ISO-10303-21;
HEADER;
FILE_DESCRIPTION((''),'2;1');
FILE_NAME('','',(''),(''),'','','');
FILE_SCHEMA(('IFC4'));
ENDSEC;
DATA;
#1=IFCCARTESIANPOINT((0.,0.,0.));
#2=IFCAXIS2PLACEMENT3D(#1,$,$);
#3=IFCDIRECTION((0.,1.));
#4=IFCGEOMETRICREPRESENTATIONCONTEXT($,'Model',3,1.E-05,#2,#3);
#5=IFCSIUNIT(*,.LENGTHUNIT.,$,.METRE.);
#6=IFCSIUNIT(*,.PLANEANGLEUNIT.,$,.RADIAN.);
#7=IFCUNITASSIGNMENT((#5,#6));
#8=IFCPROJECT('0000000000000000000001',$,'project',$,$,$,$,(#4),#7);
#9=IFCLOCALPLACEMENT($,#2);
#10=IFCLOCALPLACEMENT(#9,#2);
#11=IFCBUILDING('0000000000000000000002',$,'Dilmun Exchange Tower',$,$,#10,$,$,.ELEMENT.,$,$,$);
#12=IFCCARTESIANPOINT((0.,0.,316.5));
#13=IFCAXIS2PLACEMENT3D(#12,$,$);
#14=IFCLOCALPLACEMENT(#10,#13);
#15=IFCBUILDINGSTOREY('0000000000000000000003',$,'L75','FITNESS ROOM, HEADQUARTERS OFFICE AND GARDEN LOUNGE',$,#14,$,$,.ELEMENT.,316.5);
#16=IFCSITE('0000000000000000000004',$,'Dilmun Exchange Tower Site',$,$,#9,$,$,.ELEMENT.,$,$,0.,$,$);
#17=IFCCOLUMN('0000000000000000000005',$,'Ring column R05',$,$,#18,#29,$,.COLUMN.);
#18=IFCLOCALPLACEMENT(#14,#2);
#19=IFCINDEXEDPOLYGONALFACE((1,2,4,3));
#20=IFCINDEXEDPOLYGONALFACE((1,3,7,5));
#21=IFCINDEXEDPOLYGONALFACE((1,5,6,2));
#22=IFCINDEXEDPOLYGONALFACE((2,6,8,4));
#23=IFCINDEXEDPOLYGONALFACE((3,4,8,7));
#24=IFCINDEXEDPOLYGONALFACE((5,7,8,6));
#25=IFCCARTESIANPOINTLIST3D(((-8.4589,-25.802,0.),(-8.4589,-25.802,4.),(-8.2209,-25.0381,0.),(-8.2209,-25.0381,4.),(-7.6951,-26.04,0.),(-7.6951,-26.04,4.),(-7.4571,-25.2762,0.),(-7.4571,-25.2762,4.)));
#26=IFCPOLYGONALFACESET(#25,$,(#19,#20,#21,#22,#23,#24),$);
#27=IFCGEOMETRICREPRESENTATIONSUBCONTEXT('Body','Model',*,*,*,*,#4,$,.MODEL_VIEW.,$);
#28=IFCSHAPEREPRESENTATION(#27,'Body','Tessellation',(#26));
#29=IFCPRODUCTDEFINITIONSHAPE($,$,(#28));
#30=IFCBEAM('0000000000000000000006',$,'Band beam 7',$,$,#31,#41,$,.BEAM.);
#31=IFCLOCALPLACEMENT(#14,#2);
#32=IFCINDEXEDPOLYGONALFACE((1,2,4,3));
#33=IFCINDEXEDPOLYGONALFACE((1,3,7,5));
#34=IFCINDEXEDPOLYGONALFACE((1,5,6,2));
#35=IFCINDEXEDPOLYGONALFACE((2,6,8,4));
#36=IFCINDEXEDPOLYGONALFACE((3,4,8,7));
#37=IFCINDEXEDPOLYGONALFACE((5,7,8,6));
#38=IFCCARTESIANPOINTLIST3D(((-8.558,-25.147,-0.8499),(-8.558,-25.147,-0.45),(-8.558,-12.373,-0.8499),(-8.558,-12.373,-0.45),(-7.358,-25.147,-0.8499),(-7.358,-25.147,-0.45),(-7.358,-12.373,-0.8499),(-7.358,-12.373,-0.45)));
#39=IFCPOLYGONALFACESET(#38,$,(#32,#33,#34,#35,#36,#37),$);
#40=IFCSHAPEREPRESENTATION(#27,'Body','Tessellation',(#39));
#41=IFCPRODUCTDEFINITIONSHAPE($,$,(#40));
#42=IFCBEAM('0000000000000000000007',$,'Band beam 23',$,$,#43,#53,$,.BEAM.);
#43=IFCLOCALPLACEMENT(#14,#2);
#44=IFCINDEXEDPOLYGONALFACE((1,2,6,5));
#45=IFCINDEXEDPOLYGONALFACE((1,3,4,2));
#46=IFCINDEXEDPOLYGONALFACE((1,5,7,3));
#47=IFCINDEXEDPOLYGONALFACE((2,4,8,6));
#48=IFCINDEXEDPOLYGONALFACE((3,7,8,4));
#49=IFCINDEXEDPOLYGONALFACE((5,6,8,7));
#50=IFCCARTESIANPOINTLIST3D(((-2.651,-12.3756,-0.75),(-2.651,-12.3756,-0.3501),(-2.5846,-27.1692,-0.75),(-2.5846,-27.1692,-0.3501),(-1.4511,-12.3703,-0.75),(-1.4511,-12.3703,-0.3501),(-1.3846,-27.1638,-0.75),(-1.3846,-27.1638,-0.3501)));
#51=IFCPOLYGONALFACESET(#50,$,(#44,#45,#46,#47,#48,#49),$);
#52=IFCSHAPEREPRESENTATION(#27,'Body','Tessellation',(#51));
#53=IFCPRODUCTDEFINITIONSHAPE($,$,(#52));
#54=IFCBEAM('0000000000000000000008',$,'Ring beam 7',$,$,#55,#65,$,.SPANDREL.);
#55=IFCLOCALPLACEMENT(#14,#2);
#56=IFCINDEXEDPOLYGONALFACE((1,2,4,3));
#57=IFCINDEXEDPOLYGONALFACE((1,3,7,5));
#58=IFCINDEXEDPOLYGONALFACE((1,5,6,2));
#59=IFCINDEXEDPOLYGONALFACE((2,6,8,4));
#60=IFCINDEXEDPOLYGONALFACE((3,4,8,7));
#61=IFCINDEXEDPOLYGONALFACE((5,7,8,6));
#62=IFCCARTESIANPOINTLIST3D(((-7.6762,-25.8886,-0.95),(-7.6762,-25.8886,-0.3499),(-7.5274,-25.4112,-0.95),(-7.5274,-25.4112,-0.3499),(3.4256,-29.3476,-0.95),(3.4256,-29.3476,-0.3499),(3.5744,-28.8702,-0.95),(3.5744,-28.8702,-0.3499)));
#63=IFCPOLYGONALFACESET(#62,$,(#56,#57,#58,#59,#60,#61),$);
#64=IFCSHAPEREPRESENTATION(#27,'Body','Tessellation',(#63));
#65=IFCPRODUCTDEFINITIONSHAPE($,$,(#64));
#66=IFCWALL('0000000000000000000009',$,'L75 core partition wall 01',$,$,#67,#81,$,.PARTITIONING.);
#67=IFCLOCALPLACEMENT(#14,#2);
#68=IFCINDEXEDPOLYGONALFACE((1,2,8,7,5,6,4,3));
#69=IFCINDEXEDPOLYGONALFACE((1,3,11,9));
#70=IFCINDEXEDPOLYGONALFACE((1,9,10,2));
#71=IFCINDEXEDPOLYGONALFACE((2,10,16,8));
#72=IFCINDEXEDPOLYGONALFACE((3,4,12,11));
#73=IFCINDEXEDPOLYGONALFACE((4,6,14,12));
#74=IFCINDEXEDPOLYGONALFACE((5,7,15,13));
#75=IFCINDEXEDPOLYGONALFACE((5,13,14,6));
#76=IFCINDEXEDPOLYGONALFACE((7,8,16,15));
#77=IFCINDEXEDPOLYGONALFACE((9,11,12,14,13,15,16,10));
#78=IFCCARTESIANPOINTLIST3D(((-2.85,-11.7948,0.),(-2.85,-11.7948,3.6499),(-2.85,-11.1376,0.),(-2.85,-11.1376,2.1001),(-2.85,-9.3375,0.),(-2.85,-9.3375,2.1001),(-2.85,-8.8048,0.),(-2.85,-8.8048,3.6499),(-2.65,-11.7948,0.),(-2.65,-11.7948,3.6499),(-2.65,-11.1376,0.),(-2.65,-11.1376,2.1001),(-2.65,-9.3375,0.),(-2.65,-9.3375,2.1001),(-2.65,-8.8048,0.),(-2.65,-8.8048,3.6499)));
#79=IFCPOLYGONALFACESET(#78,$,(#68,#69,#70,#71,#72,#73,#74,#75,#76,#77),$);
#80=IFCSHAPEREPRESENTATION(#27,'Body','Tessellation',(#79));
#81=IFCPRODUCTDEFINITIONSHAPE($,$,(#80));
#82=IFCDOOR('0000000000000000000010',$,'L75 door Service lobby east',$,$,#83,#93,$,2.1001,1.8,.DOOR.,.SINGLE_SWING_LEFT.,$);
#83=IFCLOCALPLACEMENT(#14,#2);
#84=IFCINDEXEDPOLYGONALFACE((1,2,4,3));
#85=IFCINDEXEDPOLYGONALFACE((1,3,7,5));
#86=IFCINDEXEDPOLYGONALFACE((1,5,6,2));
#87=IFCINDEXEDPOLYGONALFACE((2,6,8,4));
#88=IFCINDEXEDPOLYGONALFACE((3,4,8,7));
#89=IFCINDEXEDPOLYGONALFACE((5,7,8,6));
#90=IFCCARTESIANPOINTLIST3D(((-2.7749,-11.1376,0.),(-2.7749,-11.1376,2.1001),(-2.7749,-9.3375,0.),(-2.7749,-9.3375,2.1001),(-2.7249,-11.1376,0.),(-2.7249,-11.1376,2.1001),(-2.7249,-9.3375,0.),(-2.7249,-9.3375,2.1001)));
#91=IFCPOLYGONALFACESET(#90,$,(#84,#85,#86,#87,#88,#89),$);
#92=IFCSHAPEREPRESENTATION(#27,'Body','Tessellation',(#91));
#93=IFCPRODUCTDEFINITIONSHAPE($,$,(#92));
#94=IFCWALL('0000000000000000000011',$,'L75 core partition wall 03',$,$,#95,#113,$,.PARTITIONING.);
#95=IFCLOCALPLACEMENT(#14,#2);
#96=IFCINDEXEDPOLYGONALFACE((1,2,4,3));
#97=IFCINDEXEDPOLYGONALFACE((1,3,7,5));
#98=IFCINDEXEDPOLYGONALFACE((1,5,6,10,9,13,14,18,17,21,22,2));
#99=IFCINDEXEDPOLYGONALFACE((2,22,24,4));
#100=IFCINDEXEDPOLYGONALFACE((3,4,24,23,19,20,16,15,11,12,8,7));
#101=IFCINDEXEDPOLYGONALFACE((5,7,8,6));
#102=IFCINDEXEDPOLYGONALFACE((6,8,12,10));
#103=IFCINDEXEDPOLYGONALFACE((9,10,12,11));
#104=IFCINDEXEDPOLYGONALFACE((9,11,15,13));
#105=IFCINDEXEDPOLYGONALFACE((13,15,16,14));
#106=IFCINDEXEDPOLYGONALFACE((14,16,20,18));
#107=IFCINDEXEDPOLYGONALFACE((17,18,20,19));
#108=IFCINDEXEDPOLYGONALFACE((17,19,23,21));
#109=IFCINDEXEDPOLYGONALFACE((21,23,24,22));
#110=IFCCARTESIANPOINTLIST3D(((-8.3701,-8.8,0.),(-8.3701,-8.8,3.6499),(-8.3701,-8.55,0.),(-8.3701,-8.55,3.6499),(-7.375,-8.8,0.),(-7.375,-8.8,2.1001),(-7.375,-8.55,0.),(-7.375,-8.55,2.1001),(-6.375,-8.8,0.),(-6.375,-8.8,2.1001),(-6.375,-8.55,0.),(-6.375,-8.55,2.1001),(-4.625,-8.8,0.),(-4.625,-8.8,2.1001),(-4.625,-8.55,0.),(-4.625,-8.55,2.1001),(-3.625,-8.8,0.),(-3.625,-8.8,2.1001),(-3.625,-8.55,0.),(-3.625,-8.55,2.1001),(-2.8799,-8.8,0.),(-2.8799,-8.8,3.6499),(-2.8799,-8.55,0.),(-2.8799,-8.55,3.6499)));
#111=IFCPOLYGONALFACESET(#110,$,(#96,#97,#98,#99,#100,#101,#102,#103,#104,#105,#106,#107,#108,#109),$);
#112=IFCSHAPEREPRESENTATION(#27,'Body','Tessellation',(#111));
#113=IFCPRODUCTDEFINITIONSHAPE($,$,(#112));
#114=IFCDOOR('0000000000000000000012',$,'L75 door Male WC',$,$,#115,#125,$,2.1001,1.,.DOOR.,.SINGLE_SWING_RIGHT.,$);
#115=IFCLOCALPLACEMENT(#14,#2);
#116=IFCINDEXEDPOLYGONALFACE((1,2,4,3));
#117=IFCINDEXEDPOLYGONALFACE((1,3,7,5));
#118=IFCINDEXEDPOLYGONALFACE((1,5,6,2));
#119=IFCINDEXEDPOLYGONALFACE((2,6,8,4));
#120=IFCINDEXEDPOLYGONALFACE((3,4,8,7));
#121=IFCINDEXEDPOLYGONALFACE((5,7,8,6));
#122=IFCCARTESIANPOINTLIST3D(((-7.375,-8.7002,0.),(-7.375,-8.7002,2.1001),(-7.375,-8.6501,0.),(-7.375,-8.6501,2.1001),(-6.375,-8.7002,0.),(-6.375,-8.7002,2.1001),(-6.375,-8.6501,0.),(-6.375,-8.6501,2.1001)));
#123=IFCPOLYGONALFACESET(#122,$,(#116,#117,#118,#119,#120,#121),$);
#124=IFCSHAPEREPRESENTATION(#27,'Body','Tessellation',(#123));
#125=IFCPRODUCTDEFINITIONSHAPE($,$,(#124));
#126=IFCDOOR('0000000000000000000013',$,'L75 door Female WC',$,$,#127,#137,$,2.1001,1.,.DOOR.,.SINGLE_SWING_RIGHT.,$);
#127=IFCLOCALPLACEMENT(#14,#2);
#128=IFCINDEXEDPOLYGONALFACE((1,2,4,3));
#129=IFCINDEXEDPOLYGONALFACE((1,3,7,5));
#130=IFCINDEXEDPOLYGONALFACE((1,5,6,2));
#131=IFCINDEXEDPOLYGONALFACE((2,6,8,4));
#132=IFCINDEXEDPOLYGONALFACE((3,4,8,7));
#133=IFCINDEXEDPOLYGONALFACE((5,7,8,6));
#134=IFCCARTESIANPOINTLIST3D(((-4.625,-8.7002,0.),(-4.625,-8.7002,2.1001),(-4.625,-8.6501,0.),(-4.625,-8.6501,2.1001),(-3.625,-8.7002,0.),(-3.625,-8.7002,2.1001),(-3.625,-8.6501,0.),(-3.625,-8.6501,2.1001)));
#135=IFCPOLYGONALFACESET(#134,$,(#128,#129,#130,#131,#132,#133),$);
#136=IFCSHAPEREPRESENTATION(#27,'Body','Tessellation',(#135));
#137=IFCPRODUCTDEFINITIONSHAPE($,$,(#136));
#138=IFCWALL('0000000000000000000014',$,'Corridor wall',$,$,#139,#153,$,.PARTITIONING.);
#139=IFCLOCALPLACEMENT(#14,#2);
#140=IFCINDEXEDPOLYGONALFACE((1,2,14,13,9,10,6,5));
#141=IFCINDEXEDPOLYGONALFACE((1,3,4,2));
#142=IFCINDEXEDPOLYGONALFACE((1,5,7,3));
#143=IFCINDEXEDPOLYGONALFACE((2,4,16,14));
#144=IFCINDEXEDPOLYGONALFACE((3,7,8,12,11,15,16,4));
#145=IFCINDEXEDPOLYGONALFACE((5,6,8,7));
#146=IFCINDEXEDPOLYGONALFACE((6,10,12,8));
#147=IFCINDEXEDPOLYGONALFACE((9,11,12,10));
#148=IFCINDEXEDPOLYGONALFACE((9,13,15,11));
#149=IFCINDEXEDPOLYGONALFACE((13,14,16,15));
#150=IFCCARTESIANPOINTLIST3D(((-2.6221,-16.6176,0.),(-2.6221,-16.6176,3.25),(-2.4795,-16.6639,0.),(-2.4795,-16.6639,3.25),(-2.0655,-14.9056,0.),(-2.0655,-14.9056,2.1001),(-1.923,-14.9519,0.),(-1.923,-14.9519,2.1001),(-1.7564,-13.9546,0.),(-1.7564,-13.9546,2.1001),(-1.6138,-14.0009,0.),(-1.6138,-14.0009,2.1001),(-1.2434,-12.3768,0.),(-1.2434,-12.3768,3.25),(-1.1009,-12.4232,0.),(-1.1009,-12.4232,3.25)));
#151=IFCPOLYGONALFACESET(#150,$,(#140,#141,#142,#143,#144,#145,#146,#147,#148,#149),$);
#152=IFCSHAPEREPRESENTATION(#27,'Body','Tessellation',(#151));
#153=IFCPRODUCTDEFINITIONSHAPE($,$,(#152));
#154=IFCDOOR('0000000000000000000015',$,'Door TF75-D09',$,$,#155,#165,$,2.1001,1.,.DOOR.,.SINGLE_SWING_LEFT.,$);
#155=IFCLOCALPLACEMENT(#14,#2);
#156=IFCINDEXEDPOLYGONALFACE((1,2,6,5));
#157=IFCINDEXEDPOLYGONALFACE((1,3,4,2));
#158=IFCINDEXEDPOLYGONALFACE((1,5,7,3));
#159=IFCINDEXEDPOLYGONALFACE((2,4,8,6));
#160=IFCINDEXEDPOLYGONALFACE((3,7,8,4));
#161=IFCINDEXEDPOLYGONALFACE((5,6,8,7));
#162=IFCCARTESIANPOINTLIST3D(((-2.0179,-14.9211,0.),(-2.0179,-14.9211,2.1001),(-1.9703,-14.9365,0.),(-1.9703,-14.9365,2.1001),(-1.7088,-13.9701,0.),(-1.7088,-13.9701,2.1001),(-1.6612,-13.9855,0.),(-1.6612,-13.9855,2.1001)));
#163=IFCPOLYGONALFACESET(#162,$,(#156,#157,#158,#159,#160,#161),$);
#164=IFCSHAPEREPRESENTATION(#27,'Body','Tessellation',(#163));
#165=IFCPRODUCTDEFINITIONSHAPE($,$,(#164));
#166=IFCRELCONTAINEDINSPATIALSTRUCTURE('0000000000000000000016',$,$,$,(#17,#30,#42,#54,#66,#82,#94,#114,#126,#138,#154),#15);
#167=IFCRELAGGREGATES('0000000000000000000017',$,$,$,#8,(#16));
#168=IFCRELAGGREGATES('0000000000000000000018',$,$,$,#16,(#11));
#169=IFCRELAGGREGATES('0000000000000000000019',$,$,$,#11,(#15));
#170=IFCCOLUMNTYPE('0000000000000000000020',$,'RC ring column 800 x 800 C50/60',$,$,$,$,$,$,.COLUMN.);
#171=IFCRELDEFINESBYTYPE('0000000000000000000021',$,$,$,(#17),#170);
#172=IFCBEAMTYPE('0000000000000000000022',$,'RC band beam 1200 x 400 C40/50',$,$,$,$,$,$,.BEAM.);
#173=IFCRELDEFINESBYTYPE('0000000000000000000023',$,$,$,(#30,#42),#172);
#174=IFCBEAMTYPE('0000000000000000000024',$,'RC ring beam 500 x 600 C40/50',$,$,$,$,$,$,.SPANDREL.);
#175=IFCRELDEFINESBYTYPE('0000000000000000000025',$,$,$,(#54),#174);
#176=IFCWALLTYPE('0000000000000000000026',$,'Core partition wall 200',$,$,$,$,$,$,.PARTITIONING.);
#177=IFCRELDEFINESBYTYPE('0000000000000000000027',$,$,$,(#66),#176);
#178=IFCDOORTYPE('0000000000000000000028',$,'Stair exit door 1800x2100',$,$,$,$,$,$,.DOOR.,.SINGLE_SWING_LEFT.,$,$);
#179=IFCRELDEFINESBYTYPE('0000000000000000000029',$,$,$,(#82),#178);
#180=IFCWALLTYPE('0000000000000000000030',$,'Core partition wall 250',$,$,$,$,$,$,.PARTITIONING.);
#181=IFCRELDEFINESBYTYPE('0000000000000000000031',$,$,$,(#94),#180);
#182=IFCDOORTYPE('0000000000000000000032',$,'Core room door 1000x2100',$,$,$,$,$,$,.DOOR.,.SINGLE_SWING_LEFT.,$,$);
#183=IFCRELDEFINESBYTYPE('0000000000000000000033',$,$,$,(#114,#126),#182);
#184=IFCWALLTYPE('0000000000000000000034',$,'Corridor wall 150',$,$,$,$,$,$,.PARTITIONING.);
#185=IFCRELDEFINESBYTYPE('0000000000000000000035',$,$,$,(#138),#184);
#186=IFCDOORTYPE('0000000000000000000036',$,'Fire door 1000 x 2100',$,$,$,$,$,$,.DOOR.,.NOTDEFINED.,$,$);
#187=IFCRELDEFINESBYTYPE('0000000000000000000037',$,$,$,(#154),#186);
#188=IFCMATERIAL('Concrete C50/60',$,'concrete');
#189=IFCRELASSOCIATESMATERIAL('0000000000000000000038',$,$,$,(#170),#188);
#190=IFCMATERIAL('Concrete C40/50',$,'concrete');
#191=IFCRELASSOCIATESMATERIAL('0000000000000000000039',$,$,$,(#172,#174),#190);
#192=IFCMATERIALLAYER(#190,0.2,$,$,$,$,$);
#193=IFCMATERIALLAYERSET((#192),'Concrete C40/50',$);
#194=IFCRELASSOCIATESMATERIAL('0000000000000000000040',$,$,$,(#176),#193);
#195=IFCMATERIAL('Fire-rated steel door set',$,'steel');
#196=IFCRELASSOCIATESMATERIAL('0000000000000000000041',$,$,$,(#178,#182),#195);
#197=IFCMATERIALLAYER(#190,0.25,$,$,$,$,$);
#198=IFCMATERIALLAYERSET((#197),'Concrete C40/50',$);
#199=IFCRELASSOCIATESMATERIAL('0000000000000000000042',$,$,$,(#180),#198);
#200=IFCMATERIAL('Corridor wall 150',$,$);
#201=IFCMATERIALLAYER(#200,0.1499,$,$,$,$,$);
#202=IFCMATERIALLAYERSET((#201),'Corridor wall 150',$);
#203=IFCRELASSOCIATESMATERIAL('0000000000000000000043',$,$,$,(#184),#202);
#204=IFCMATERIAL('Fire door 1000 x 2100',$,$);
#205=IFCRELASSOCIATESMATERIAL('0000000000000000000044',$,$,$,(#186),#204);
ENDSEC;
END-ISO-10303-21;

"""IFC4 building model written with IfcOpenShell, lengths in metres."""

from ifc_helpers import new_model, si_unit, direction, frame, frame_2d, origin, origin_2d, place, context, subcontext, project, spatial, rectangle, extrude, material, layer, layer_set, material_profile, profile_set, type_object, element, fill, save


model = new_model("IFC4")

# Units and contexts
model_context = context("Model", 3, precision=1e-05, world=origin(), true_north=direction((0.0, 1.0)))
body_context = subcontext(model_context, "Body", "Model", "MODEL_VIEW")
ifc_project = project(units=[si_unit("LENGTHUNIT", "METRE"), si_unit("PLANEANGLEUNIT", "RADIAN")], contexts=[model_context])

# Site, building, storey
site_placement = place(None, origin())
site = spatial("IfcSite", under=ifc_project, at=site_placement, Name="Dilmun Exchange Tower Site", CompositionType="ELEMENT", RefElevation=0.0)
building_placement = place(site_placement, origin())
building = spatial("IfcBuilding", under=site, at=building_placement, Name="Dilmun Exchange Tower", CompositionType="ELEMENT")
storey_placement = place(building_placement, frame((0.0, 0.0, 316.5)))
storey = spatial("IfcBuildingStorey", under=building, at=storey_placement, Name="L75", Description="FITNESS ROOM, HEADQUARTERS OFFICE AND GARDEN LOUNGE", CompositionType="ELEMENT", Elevation=316.5)

# Column
ifc_material_1 = material(Name="Concrete C50/60", Category="concrete")
ifc_material_profile_1 = material_profile(ifc_material_1, rectangle(XDim=0.8, YDim=0.8, at=origin_2d()), Name="800 x 800")
ifc_profile_set_1 = profile_set([ifc_material_profile_1], Name="Concrete C50/60")
column_type = type_object("IfcColumnType", Name="RC ring column 800 x 800 C50/60", PredefinedType="COLUMN", material=ifc_profile_set_1)
column_placement = place(storey_placement, frame((-7.958, -25.5391, 0.0), z_axis=(0.0, 0.0, 1.0), x_axis=(0.297503, 0.954721, 0.0)))
element("IfcColumn", 1, at=column_placement, inside=storey, type_object=column_type, Name="Ring column R05", PredefinedType="COLUMN", context=body_context, shape_type="SweptSolid", body=[
    extrude(rectangle(XDim=0.8, YDim=0.8, at=origin_2d()), origin(), (0.0, 0.0, 1.0), 4.0),
])

# Beams
ifc_material_2 = material(Name="Concrete C40/50", Category="concrete")
ifc_material_profile_2 = material_profile(ifc_material_2, rectangle(XDim=1.2, YDim=0.3999, at=origin_2d()), Name="1200 x 400")
ifc_profile_set_2 = profile_set([ifc_material_profile_2], Name="Concrete C40/50")
beam_type_1 = type_object("IfcBeamType", Name="RC band beam 1200 x 400 C40/50", PredefinedType="BEAM", material=ifc_profile_set_2)
beam_1_placement = place(storey_placement, frame((-7.958, -25.147, -0.6499), z_axis=(0.0, 1.0, 0.0), x_axis=(-1.0, 0.0, 0.0)))
element("IfcBeam", 2, at=beam_1_placement, inside=storey, type_object=beam_type_1, Name="Band beam 7", PredefinedType="BEAM", context=body_context, shape_type="SweptSolid", body=[
    extrude(rectangle(XDim=1.2, YDim=0.3999, at=origin_2d()), origin(), (0.0, 0.0, 1.0), 12.7739),
])
beam_2_placement = place(storey_placement, frame((-1.9846, -27.1665, -0.55), z_axis=(-0.004489, 0.99999, 0.0), x_axis=(-0.99999, -0.004489, 0.0)))
element("IfcBeam", 3, at=beam_2_placement, inside=storey, type_object=beam_type_1, Name="Band beam 23", PredefinedType="BEAM", context=body_context, shape_type="SweptSolid", body=[
    extrude(rectangle(XDim=1.2, YDim=0.3999, at=origin_2d()), origin(), (0.0, 0.0, 1.0), 14.7937),
])
ifc_material_profile_3 = material_profile(ifc_material_2, rectangle(XDim=0.5, YDim=0.6001, at=origin_2d()), Name="500 x 600")
ifc_profile_set_3 = profile_set([ifc_material_profile_3], Name="Concrete C40/50")
beam_type_2 = type_object("IfcBeamType", Name="RC ring beam 500 x 600 C40/50", PredefinedType="SPANDREL", material=ifc_profile_set_3)
beam_3_placement = place(storey_placement, frame((-7.6018, -25.6499, -0.6499), z_axis=(0.954733, -0.297466, 0.0), x_axis=(0.297466, 0.954733, 0.0)))
element("IfcBeam", 4, at=beam_3_placement, inside=storey, type_object=beam_type_2, Name="Ring beam 7", PredefinedType="SPANDREL", context=body_context, shape_type="SweptSolid", body=[
    extrude(rectangle(XDim=0.5, YDim=0.6001, at=origin_2d()), origin(), (0.0, 0.0, 1.0), 11.6282),
])

# Wall, opening, door
ifc_layer_1 = layer(ifc_material_2, 0.2)
ifc_layer_set_1 = layer_set([ifc_layer_1], Name="Concrete C40/50")
wall_type_1 = type_object("IfcWallType", Name="Core partition wall 200", PredefinedType="PARTITIONING", material=ifc_layer_set_1)
wall_1_placement = place(storey_placement, frame((-2.75, -11.7949, 0.0), z_axis=(0.0, 0.0, 1.0), x_axis=(0.0, 1.0, 0.0)))
wall_1 = element("IfcWall", 5, at=wall_1_placement, inside=storey, type_object=wall_type_1, Name="L75 core partition wall 01", PredefinedType="PARTITIONING", context=body_context, shape_type="SweptSolid", body=[
    extrude(rectangle(XDim=2.99, YDim=0.2, at=frame_2d((1.4951, 0.0))), origin(), (0.0, 0.0, 1.0), 3.6499),
])
opening_1_placement = place(wall_1_placement, frame((0.6575, 0.0, 0.0)))
opening_1 = element("IfcOpeningElement", 6, at=opening_1_placement, cuts=wall_1, PredefinedType="OPENING", context=body_context, shape_type="SweptSolid", body=[
    extrude(rectangle(XDim=1.8, YDim=2.1001, at=frame_2d((0.8999, 1.05))), frame((0.0, 0.1099, 0.0), z_axis=(0.0, -1.0, 0.0), x_axis=(1.0, 0.0, 0.0)), (0.0, 0.0, 1.0), 0.22),
])
ifc_material_3 = material(Name="Fire-rated steel door set", Category="steel")
door_type_1 = type_object("IfcDoorType", Name="Stair exit door 1800x2100", OperationType="SINGLE_SWING_LEFT", PredefinedType="DOOR", material=ifc_material_3)
door_1_placement = place(opening_1_placement, origin())
door_1 = element("IfcDoor", 7, at=door_1_placement, inside=storey, type_object=door_type_1, Name="L75 door Service lobby east", OperationType="SINGLE_SWING_LEFT", OverallHeight=2.1001, OverallWidth=1.8, PredefinedType="DOOR", context=body_context, shape_type="SweptSolid", body=[
    extrude(rectangle(XDim=1.8, YDim=2.1001, at=frame_2d((0.8999, 1.05))), frame((0.0, 0.0249, 0.0), z_axis=(0.0, -1.0, 0.0), x_axis=(1.0, 0.0, 0.0)), (0.0, 0.0, 1.0), 0.05),
])
fill(opening_1, door_1)

# Wall, openings, doors
ifc_layer_2 = layer(ifc_material_2, 0.25)
ifc_layer_set_2 = layer_set([ifc_layer_2], Name="Concrete C40/50")
wall_type_2 = type_object("IfcWallType", Name="Core partition wall 250", PredefinedType="PARTITIONING", material=ifc_layer_set_2)
wall_2_placement = place(storey_placement, frame((-8.3701, -8.675, 0.0), z_axis=(0.0, 0.0, 1.0), x_axis=(1.0, 0.0, 0.0)))
wall_2 = element("IfcWall", 8, at=wall_2_placement, inside=storey, type_object=wall_type_2, Name="L75 core partition wall 03", PredefinedType="PARTITIONING", context=body_context, shape_type="SweptSolid", body=[
    extrude(rectangle(XDim=5.4902, YDim=0.25, at=frame_2d((2.7451, 0.0))), origin(), (0.0, 0.0, 1.0), 3.6499),
])
opening_2_placement = place(wall_2_placement, frame((0.9951, 0.0, 0.0)))
opening_2 = element("IfcOpeningElement", 9, at=opening_2_placement, cuts=wall_2, PredefinedType="OPENING", context=body_context, shape_type="SweptSolid", body=[
    extrude(rectangle(XDim=1.0, YDim=2.1001, at=frame_2d((0.5, 1.05))), frame((0.0, 0.135, 0.0), z_axis=(0.0, -1.0, 0.0), x_axis=(1.0, 0.0, 0.0)), (0.0, 0.0, 1.0), 0.27),
])
opening_3_placement = place(wall_2_placement, frame((3.7451, 0.0, 0.0)))
opening_3 = element("IfcOpeningElement", 10, at=opening_3_placement, cuts=wall_2, PredefinedType="OPENING", context=body_context, shape_type="SweptSolid", body=[
    extrude(rectangle(XDim=1.0, YDim=2.1001, at=frame_2d((0.5, 1.05))), frame((0.0, 0.135, 0.0), z_axis=(0.0, -1.0, 0.0), x_axis=(1.0, 0.0, 0.0)), (0.0, 0.0, 1.0), 0.27),
])
door_type_2 = type_object("IfcDoorType", Name="Core room door 1000x2100", OperationType="SINGLE_SWING_LEFT", PredefinedType="DOOR", material=ifc_material_3)
door_2_placement = place(opening_2_placement, origin())
door_2 = element("IfcDoor", 11, at=door_2_placement, inside=storey, type_object=door_type_2, Name="L75 door Male WC", OperationType="SINGLE_SWING_RIGHT", OverallHeight=2.1001, OverallWidth=1.0, PredefinedType="DOOR", context=body_context, shape_type="SweptSolid", body=[
    extrude(rectangle(XDim=1.0, YDim=2.1001, at=frame_2d((0.5, 1.05))), frame((0.0, 0.0249, 0.0), z_axis=(0.0, -1.0, 0.0), x_axis=(1.0, 0.0, 0.0)), (0.0, 0.0, 1.0), 0.05),
])
fill(opening_2, door_2)
door_3_placement = place(opening_3_placement, origin())
door_3 = element("IfcDoor", 12, at=door_3_placement, inside=storey, type_object=door_type_2, Name="L75 door Female WC", OperationType="SINGLE_SWING_RIGHT", OverallHeight=2.1001, OverallWidth=1.0, PredefinedType="DOOR", context=body_context, shape_type="SweptSolid", body=[
    extrude(rectangle(XDim=1.0, YDim=2.1001, at=frame_2d((0.5, 1.05))), frame((0.0, 0.0249, 0.0), z_axis=(0.0, -1.0, 0.0), x_axis=(1.0, 0.0, 0.0)), (0.0, 0.0, 1.0), 0.05),
])
fill(opening_3, door_3)

# Wall, opening, door
ifc_material_4 = material(Name="Corridor wall 150")
ifc_layer_3 = layer(ifc_material_4, 0.1499)
ifc_layer_set_3 = layer_set([ifc_layer_3], Name="Corridor wall 150")
wall_type_3 = type_object("IfcWallType", Name="Corridor wall 150", PredefinedType="PARTITIONING", material=ifc_layer_set_3)
wall_3_placement = place(storey_placement, frame((-2.5508, -16.6406, 0.0), z_axis=(0.0, 0.0, 1.0), x_axis=(0.309173, 0.951006, 0.0)))
wall_3 = element("IfcWall", 13, at=wall_3_placement, inside=storey, type_object=wall_type_3, Name="Corridor wall", PredefinedType="PARTITIONING", context=body_context, shape_type="SweptSolid", body=[
    extrude(rectangle(XDim=4.4592, YDim=0.1499, at=frame_2d((2.2295, 0.0))), origin(), (0.0, 0.0, 1.0), 3.25),
])
opening_4_placement = place(wall_3_placement, frame((1.8, 0.0, 0.0)))
opening_4 = element("IfcOpeningElement", 14, at=opening_4_placement, cuts=wall_3, PredefinedType="OPENING", context=body_context, shape_type="SweptSolid", body=[
    extrude(rectangle(XDim=1.0, YDim=2.1001, at=frame_2d((0.5, 1.05))), frame((0.0, 0.085, 0.0), z_axis=(0.0, -1.0, 0.0), x_axis=(1.0, 0.0, 0.0)), (0.0, 0.0, 1.0), 0.1699),
])
ifc_material_5 = material(Name="Fire door 1000 x 2100")
door_type_3 = type_object("IfcDoorType", Name="Fire door 1000 x 2100", OperationType="NOTDEFINED", PredefinedType="DOOR", material=ifc_material_5)
door_4_placement = place(opening_4_placement, origin())
door_4 = element("IfcDoor", 15, at=door_4_placement, inside=storey, type_object=door_type_3, Name="Door TF75-D09", OperationType="SINGLE_SWING_LEFT", OverallHeight=2.1001, OverallWidth=1.0, PredefinedType="DOOR", context=body_context, shape_type="SweptSolid", body=[
    extrude(rectangle(XDim=1.0, YDim=2.1001, at=frame_2d((0.5, 1.05))), frame((0.0, 0.0249, 0.0), z_axis=(0.0, -1.0, 0.0), x_axis=(1.0, 0.0, 0.0)), (0.0, 0.0, 1.0), 0.05),
])
fill(opening_4, door_4)

save(model, "model.ifc")
